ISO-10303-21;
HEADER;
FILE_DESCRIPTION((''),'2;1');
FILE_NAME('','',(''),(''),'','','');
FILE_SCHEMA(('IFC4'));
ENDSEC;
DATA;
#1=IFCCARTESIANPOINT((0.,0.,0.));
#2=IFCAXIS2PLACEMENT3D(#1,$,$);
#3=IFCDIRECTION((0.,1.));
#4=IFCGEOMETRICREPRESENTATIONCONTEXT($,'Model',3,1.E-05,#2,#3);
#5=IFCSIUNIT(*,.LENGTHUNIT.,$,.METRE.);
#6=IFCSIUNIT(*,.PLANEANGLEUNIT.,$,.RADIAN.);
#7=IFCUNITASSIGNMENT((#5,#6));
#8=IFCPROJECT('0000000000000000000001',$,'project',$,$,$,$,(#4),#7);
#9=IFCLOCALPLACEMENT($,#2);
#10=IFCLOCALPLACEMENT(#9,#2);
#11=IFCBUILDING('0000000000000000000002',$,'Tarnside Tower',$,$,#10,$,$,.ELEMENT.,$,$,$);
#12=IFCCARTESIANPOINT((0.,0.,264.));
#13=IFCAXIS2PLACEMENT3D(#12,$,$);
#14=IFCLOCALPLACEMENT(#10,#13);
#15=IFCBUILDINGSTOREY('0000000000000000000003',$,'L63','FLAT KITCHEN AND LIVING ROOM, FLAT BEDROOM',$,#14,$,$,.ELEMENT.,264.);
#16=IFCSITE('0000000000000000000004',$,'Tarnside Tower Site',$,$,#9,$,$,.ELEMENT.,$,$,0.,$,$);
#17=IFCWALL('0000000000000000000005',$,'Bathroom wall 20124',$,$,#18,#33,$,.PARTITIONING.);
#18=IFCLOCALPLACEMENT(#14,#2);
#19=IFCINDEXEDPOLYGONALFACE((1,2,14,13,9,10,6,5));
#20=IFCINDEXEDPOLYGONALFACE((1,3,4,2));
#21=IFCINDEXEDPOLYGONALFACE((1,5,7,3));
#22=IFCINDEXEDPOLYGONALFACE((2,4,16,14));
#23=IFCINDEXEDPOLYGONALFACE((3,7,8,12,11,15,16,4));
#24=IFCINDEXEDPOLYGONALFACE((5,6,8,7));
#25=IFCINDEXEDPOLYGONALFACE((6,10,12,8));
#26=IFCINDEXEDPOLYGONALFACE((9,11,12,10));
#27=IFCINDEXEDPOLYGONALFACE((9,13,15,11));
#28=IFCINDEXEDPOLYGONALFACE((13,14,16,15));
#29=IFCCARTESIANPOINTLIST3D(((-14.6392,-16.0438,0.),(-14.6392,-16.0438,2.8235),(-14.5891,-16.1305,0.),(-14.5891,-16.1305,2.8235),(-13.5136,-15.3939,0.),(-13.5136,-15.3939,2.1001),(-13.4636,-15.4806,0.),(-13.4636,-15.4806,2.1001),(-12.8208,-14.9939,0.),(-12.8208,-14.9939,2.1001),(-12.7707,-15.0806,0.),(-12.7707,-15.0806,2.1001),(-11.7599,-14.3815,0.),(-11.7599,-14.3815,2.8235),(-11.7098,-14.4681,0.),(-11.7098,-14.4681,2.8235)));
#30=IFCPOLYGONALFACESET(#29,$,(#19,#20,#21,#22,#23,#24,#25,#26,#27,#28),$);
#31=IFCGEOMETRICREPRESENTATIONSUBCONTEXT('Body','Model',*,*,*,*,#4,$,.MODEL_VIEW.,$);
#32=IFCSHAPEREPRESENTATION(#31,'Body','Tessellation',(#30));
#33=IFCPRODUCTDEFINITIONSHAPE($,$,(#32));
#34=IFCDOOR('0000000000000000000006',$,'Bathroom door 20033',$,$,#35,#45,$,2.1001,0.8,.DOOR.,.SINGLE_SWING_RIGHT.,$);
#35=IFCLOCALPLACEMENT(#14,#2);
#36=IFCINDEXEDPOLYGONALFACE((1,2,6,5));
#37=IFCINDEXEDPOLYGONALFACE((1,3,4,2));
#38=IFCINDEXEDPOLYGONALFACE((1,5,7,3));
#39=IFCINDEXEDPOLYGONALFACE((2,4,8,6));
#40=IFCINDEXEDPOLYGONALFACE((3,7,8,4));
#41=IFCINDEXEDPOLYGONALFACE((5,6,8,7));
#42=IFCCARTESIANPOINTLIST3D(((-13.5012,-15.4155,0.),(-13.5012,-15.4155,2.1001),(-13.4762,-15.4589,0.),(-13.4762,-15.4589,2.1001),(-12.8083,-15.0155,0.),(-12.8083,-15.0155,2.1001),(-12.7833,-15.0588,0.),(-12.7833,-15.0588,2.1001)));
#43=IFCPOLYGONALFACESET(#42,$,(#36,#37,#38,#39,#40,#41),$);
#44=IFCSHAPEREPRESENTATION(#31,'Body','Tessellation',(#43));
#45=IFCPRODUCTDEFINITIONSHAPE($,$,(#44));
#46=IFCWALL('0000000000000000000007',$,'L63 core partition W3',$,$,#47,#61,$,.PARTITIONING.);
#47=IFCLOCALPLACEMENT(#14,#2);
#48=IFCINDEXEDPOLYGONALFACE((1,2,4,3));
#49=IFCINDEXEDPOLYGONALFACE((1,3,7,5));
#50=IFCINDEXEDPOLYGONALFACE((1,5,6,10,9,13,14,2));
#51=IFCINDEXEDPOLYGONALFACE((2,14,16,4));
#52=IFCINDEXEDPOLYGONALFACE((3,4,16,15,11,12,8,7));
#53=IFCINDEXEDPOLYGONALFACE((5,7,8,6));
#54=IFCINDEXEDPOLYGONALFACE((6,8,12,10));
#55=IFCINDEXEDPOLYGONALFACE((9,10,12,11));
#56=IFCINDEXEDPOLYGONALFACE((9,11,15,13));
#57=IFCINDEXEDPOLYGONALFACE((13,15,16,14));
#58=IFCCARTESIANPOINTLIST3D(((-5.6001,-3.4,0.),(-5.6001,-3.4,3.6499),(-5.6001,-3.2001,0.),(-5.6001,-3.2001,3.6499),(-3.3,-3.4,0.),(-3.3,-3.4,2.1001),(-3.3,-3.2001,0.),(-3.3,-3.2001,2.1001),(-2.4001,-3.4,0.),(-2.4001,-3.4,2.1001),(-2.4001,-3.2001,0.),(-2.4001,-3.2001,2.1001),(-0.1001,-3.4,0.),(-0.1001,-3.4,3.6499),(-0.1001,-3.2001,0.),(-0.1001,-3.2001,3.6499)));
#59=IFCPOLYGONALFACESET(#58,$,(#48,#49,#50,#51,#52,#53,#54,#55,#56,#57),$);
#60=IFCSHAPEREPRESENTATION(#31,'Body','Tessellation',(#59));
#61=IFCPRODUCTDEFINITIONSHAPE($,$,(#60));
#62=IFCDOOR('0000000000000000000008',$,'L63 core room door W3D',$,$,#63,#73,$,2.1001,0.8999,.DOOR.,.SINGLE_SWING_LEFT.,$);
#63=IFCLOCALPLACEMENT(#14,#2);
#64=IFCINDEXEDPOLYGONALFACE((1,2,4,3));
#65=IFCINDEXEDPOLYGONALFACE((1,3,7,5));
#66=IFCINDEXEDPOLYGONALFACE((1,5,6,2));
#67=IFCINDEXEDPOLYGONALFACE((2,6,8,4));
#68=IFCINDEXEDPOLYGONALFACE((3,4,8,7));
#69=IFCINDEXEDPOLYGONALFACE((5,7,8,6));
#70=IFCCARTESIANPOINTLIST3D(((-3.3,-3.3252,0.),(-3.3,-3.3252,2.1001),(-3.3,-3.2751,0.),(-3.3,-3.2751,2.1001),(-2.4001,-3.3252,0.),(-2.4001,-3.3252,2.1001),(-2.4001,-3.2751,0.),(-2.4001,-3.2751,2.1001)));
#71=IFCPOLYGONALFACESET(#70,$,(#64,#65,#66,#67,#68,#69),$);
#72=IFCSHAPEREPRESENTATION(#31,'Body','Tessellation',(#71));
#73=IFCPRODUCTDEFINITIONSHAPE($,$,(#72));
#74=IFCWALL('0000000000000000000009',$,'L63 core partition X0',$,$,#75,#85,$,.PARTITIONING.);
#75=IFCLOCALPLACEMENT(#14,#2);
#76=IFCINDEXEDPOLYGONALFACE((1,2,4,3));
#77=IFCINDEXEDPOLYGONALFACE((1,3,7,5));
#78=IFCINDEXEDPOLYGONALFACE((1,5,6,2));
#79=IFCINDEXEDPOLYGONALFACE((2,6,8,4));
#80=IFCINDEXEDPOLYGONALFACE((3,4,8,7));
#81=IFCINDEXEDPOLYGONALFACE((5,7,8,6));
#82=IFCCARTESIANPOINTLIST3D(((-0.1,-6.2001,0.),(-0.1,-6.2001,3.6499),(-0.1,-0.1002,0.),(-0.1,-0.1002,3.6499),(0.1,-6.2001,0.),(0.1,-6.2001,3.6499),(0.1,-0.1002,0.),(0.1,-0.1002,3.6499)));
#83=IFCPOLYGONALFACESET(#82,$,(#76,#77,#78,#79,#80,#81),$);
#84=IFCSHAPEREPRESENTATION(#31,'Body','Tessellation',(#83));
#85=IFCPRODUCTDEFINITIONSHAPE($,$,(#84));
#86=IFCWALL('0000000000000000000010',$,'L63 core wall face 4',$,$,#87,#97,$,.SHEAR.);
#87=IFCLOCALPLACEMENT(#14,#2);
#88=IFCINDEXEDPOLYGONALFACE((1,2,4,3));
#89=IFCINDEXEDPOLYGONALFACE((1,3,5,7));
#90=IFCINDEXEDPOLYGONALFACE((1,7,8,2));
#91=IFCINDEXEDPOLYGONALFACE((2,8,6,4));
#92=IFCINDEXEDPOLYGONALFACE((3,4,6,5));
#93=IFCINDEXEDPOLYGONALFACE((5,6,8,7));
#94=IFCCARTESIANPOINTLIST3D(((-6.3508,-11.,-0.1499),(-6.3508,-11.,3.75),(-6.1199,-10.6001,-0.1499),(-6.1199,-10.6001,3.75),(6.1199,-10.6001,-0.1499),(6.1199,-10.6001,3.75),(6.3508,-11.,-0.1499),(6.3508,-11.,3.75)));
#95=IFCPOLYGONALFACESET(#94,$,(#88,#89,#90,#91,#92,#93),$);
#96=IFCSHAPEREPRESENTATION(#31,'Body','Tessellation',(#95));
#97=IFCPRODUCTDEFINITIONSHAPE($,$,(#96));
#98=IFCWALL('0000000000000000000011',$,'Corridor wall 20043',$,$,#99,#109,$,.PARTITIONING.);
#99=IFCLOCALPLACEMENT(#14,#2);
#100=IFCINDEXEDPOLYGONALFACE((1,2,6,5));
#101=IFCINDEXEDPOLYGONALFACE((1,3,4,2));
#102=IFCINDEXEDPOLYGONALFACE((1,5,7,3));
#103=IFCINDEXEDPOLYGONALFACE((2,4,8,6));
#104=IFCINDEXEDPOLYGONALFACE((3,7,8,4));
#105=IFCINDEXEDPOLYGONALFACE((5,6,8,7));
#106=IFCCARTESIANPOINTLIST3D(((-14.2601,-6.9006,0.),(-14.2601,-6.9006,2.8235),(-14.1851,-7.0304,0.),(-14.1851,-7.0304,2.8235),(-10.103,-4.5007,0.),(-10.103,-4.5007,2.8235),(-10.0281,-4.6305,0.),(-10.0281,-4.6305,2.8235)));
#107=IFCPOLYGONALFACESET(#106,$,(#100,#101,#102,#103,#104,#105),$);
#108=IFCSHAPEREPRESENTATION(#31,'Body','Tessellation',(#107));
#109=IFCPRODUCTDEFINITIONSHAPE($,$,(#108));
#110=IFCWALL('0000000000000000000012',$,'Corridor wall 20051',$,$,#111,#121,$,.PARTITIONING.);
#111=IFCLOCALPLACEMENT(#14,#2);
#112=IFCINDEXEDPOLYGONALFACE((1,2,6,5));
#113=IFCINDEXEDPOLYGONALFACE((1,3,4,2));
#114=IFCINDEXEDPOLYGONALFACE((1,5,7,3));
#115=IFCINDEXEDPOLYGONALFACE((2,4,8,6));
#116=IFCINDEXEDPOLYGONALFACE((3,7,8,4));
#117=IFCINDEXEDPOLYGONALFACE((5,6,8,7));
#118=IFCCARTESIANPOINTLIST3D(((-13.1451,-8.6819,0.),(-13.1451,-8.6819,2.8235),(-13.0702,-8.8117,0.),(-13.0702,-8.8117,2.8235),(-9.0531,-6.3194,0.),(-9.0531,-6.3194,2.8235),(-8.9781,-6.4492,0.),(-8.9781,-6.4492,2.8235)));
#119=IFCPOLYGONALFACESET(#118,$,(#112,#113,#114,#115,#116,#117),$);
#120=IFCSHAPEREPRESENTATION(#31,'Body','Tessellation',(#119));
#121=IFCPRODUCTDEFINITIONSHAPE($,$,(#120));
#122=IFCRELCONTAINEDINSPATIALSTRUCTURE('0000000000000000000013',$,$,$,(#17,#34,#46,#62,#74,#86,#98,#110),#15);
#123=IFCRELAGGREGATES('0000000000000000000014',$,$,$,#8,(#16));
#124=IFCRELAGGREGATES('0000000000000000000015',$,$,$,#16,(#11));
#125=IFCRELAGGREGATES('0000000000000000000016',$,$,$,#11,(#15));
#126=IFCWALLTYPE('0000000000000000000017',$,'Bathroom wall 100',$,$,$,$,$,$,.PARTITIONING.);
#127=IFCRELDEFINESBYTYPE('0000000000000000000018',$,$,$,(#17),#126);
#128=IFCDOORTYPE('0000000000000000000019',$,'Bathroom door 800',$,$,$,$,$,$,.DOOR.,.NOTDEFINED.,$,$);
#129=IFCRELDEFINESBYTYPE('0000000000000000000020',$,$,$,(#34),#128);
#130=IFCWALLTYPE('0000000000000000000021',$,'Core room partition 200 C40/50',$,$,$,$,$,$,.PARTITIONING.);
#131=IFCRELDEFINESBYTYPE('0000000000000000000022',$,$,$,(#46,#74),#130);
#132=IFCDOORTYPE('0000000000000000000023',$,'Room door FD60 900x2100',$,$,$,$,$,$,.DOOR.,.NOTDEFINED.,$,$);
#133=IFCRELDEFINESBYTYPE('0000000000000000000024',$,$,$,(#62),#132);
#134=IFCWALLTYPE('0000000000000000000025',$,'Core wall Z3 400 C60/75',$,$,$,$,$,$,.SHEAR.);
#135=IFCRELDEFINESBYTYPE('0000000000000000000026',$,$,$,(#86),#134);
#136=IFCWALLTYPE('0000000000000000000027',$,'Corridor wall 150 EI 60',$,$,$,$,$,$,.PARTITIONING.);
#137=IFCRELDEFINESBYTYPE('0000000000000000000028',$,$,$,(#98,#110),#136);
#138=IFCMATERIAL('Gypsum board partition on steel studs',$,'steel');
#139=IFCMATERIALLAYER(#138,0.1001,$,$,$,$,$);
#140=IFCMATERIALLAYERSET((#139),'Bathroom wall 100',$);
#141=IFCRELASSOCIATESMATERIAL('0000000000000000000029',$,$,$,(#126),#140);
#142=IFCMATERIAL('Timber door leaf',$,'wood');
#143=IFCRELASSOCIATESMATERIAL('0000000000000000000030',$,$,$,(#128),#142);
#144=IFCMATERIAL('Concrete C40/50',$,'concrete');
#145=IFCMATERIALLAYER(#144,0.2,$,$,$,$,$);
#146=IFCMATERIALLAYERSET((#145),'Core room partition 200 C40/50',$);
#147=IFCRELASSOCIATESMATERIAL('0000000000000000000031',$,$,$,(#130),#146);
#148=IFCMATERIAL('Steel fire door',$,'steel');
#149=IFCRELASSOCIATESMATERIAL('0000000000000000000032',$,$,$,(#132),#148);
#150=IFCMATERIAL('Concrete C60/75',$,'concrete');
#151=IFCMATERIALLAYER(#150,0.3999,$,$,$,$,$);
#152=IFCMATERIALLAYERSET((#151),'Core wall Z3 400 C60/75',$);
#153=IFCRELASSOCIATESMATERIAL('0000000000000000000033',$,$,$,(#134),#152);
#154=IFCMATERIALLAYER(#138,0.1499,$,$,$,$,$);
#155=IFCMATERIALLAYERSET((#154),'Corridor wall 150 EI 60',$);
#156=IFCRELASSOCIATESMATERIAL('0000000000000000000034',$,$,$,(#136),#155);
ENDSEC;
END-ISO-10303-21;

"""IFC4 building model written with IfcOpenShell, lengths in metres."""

from ifc_helpers import new_model, si_unit, direction, frame, frame_2d, origin, place, context, subcontext, project, spatial, polyline, rectangle, outline, extrude, material, layer, layer_set, type_object, element, fill, save


model = new_model("IFC4")

# Units and contexts
model_context = context("Model", 3, precision=1e-05, world=origin(), true_north=direction((0.0, 1.0)))
body_context = subcontext(model_context, "Body", "Model", "MODEL_VIEW")
ifc_project = project(units=[si_unit("LENGTHUNIT", "METRE"), si_unit("PLANEANGLEUNIT", "RADIAN")], contexts=[model_context])

# Site, building, storey
site_placement = place(None, origin())
site = spatial("IfcSite", under=ifc_project, at=site_placement, Name="Tarnside Tower Site", CompositionType="ELEMENT", RefElevation=0.0)
building_placement = place(site_placement, origin())
building = spatial("IfcBuilding", under=site, at=building_placement, Name="Tarnside Tower", CompositionType="ELEMENT")
storey_placement = place(building_placement, frame((0.0, 0.0, 264.0)))
storey = spatial("IfcBuildingStorey", under=building, at=storey_placement, Name="L63", Description="FLAT KITCHEN AND LIVING ROOM, FLAT BEDROOM", CompositionType="ELEMENT", Elevation=264.0)

# Walls, openings, doors
ifc_material_1 = material(Name="Gypsum board partition on steel studs", Category="steel")
ifc_layer_1 = layer(ifc_material_1, 0.1001)
ifc_layer_set_1 = layer_set([ifc_layer_1], Name="Bathroom wall 100")
wall_type_1 = type_object("IfcWallType", Name="Bathroom wall 100", PredefinedType="PARTITIONING", material=ifc_layer_set_1)
wall_1_placement = place(storey_placement, frame((-11.7349, -14.4248, 0.0), z_axis=(0.0, 0.0, 1.0), x_axis=(-0.866034, -0.499985, 0.0)))
wall_1 = element("IfcWall", 1, at=wall_1_placement, inside=storey, type_object=wall_type_1, Name="Bathroom wall 20124", PredefinedType="PARTITIONING", context=body_context, shape_type="SweptSolid", body=[
    extrude(rectangle(XDim=3.3247, YDim=0.1001, at=frame_2d((1.6624, 0.0))), origin(), (0.0, 0.0, 1.0), 2.8235),
])
opening_1_placement = place(wall_1_placement, frame((1.2251, 0.0, 0.0)))
opening_1 = element("IfcOpeningElement", 2, at=opening_1_placement, cuts=wall_1, PredefinedType="OPENING", context=body_context, shape_type="SweptSolid", body=[
    extrude(rectangle(XDim=0.8, YDim=2.1001, at=frame_2d((0.3999, 1.05))), frame((0.0, 0.0601, 0.0), z_axis=(0.0, -1.0, 0.0), x_axis=(1.0, 0.0, 0.0)), (0.0, 0.0, 1.0), 0.1201),
])
ifc_material_2 = material(Name="Timber door leaf", Category="wood")
door_type_1 = type_object("IfcDoorType", Name="Bathroom door 800", OperationType="NOTDEFINED", PredefinedType="DOOR", material=ifc_material_2)
door_1_placement = place(opening_1_placement, origin())
door_1 = element("IfcDoor", 3, at=door_1_placement, inside=storey, type_object=door_type_1, Name="Bathroom door 20033", OperationType="SINGLE_SWING_RIGHT", OverallHeight=2.1001, OverallWidth=0.8, PredefinedType="DOOR", context=body_context, shape_type="SweptSolid", body=[
    extrude(rectangle(XDim=0.8, YDim=2.1001, at=frame_2d((0.3999, 1.05))), frame((0.0, 0.0249, 0.0), z_axis=(0.0, -1.0, 0.0), x_axis=(1.0, 0.0, 0.0)), (0.0, 0.0, 1.0), 0.05),
])
fill(opening_1, door_1)
ifc_material_3 = material(Name="Concrete C40/50", Category="concrete")
ifc_layer_2 = layer(ifc_material_3, 0.2)
ifc_layer_set_2 = layer_set([ifc_layer_2], Name="Core room partition 200 C40/50")
wall_type_2 = type_object("IfcWallType", Name="Core room partition 200 C40/50", PredefinedType="PARTITIONING", material=ifc_layer_set_2)
wall_2_placement = place(storey_placement, frame((-5.6001, -3.3, 0.0), z_axis=(0.0, 0.0, 1.0), x_axis=(1.0, 0.0, 0.0)))
wall_2 = element("IfcWall", 4, at=wall_2_placement, inside=storey, type_object=wall_type_2, Name="L63 core partition W3", PredefinedType="PARTITIONING", context=body_context, shape_type="SweptSolid", body=[
    extrude(rectangle(XDim=5.5, YDim=0.2, at=frame_2d((2.75, 0.0))), origin(), (0.0, 0.0, 1.0), 3.6499),
])
opening_2_placement = place(wall_2_placement, frame((2.3, 0.0, 0.0)))
opening_2 = element("IfcOpeningElement", 5, at=opening_2_placement, cuts=wall_2, PredefinedType="OPENING", context=body_context, shape_type="SweptSolid", body=[
    extrude(rectangle(XDim=0.8999, YDim=2.1001, at=frame_2d((0.45, 1.05))), frame((0.0, 0.1099, 0.0), z_axis=(0.0, -1.0, 0.0), x_axis=(1.0, 0.0, 0.0)), (0.0, 0.0, 1.0), 0.22),
])
ifc_material_4 = material(Name="Steel fire door", Category="steel")
door_type_2 = type_object("IfcDoorType", Name="Room door FD60 900x2100", OperationType="NOTDEFINED", PredefinedType="DOOR", material=ifc_material_4)
door_2_placement = place(opening_2_placement, origin())
door_2 = element("IfcDoor", 6, at=door_2_placement, inside=storey, type_object=door_type_2, Name="L63 core room door W3D", OperationType="SINGLE_SWING_LEFT", OverallHeight=2.1001, OverallWidth=0.8999, PredefinedType="DOOR", context=body_context, shape_type="SweptSolid", body=[
    extrude(rectangle(XDim=0.8999, YDim=2.1001, at=frame_2d((0.45, 1.05))), frame((0.0, 0.0249, 0.0), z_axis=(0.0, -1.0, 0.0), x_axis=(1.0, 0.0, 0.0)), (0.0, 0.0, 1.0), 0.05),
])
fill(opening_2, door_2)

# Walls
wall_3_placement = place(storey_placement, frame((0.0, -6.2, 0.0), z_axis=(0.0, 0.0, 1.0), x_axis=(0.0, 1.0, 0.0)))
element("IfcWall", 7, at=wall_3_placement, inside=storey, type_object=wall_type_2, Name="L63 core partition X0", PredefinedType="PARTITIONING", context=body_context, shape_type="SweptSolid", body=[
    extrude(rectangle(XDim=6.0999, YDim=0.2, at=frame_2d((3.0498, 0.0))), origin(), (0.0, 0.0, 1.0), 3.6499),
])
ifc_material_5 = material(Name="Concrete C60/75", Category="concrete")
ifc_layer_3 = layer(ifc_material_5, 0.3999)
ifc_layer_set_3 = layer_set([ifc_layer_3], Name="Core wall Z3 400 C60/75")
wall_type_3 = type_object("IfcWallType", Name="Core wall Z3 400 C60/75", PredefinedType="SHEAR", material=ifc_layer_set_3)
wall_4_placement = place(storey_placement, frame((-6.2354, -10.8, -0.1499), z_axis=(0.0, 0.0, 1.0), x_axis=(1.0, 0.0, 0.0)))
element("IfcWall", 8, at=wall_4_placement, inside=storey, type_object=wall_type_3, Name="L63 core wall face 4", PredefinedType="SHEAR", context=body_context, shape_type="SweptSolid", body=[
    extrude(outline(polyline([(-0.1155, -0.2), (12.5862, -0.2), (12.3552, 0.2), (0.1155, 0.2), (-0.1155, -0.2)])), origin(), (0.0, 0.0, 1.0), 3.8999),
])
ifc_layer_4 = layer(ifc_material_1, 0.1499)
ifc_layer_set_4 = layer_set([ifc_layer_4], Name="Corridor wall 150 EI 60")
wall_type_4 = type_object("IfcWallType", Name="Corridor wall 150 EI 60", PredefinedType="PARTITIONING", material=ifc_layer_set_4)
wall_5_placement = place(storey_placement, frame((-10.0657, -4.5657, 0.0), z_axis=(0.0, 0.0, 1.0), x_axis=(-0.866037, -0.499979, 0.0)))
element("IfcWall", 9, at=wall_5_placement, inside=storey, type_object=wall_type_4, Name="Corridor wall 20043", PredefinedType="PARTITIONING", context=body_context, shape_type="SweptSolid", body=[
    extrude(rectangle(XDim=4.8, YDim=0.1499, at=frame_2d((2.3999, 0.0))), origin(), (0.0, 0.0, 1.0), 2.8235),
])
wall_6_placement = place(storey_placement, frame((-13.1077, -8.7468, 0.0), z_axis=(0.0, 0.0, 1.0), x_axis=(0.866025, 0.500001, 0.0)))
element("IfcWall", 10, at=wall_6_placement, inside=storey, type_object=wall_type_4, Name="Corridor wall 20051", PredefinedType="PARTITIONING", context=body_context, shape_type="SweptSolid", body=[
    extrude(rectangle(XDim=4.7251, YDim=0.1499, at=frame_2d((2.3625, 0.0))), origin(), (0.0, 0.0, 1.0), 2.8235),
])

save(model, "model.ifc")
